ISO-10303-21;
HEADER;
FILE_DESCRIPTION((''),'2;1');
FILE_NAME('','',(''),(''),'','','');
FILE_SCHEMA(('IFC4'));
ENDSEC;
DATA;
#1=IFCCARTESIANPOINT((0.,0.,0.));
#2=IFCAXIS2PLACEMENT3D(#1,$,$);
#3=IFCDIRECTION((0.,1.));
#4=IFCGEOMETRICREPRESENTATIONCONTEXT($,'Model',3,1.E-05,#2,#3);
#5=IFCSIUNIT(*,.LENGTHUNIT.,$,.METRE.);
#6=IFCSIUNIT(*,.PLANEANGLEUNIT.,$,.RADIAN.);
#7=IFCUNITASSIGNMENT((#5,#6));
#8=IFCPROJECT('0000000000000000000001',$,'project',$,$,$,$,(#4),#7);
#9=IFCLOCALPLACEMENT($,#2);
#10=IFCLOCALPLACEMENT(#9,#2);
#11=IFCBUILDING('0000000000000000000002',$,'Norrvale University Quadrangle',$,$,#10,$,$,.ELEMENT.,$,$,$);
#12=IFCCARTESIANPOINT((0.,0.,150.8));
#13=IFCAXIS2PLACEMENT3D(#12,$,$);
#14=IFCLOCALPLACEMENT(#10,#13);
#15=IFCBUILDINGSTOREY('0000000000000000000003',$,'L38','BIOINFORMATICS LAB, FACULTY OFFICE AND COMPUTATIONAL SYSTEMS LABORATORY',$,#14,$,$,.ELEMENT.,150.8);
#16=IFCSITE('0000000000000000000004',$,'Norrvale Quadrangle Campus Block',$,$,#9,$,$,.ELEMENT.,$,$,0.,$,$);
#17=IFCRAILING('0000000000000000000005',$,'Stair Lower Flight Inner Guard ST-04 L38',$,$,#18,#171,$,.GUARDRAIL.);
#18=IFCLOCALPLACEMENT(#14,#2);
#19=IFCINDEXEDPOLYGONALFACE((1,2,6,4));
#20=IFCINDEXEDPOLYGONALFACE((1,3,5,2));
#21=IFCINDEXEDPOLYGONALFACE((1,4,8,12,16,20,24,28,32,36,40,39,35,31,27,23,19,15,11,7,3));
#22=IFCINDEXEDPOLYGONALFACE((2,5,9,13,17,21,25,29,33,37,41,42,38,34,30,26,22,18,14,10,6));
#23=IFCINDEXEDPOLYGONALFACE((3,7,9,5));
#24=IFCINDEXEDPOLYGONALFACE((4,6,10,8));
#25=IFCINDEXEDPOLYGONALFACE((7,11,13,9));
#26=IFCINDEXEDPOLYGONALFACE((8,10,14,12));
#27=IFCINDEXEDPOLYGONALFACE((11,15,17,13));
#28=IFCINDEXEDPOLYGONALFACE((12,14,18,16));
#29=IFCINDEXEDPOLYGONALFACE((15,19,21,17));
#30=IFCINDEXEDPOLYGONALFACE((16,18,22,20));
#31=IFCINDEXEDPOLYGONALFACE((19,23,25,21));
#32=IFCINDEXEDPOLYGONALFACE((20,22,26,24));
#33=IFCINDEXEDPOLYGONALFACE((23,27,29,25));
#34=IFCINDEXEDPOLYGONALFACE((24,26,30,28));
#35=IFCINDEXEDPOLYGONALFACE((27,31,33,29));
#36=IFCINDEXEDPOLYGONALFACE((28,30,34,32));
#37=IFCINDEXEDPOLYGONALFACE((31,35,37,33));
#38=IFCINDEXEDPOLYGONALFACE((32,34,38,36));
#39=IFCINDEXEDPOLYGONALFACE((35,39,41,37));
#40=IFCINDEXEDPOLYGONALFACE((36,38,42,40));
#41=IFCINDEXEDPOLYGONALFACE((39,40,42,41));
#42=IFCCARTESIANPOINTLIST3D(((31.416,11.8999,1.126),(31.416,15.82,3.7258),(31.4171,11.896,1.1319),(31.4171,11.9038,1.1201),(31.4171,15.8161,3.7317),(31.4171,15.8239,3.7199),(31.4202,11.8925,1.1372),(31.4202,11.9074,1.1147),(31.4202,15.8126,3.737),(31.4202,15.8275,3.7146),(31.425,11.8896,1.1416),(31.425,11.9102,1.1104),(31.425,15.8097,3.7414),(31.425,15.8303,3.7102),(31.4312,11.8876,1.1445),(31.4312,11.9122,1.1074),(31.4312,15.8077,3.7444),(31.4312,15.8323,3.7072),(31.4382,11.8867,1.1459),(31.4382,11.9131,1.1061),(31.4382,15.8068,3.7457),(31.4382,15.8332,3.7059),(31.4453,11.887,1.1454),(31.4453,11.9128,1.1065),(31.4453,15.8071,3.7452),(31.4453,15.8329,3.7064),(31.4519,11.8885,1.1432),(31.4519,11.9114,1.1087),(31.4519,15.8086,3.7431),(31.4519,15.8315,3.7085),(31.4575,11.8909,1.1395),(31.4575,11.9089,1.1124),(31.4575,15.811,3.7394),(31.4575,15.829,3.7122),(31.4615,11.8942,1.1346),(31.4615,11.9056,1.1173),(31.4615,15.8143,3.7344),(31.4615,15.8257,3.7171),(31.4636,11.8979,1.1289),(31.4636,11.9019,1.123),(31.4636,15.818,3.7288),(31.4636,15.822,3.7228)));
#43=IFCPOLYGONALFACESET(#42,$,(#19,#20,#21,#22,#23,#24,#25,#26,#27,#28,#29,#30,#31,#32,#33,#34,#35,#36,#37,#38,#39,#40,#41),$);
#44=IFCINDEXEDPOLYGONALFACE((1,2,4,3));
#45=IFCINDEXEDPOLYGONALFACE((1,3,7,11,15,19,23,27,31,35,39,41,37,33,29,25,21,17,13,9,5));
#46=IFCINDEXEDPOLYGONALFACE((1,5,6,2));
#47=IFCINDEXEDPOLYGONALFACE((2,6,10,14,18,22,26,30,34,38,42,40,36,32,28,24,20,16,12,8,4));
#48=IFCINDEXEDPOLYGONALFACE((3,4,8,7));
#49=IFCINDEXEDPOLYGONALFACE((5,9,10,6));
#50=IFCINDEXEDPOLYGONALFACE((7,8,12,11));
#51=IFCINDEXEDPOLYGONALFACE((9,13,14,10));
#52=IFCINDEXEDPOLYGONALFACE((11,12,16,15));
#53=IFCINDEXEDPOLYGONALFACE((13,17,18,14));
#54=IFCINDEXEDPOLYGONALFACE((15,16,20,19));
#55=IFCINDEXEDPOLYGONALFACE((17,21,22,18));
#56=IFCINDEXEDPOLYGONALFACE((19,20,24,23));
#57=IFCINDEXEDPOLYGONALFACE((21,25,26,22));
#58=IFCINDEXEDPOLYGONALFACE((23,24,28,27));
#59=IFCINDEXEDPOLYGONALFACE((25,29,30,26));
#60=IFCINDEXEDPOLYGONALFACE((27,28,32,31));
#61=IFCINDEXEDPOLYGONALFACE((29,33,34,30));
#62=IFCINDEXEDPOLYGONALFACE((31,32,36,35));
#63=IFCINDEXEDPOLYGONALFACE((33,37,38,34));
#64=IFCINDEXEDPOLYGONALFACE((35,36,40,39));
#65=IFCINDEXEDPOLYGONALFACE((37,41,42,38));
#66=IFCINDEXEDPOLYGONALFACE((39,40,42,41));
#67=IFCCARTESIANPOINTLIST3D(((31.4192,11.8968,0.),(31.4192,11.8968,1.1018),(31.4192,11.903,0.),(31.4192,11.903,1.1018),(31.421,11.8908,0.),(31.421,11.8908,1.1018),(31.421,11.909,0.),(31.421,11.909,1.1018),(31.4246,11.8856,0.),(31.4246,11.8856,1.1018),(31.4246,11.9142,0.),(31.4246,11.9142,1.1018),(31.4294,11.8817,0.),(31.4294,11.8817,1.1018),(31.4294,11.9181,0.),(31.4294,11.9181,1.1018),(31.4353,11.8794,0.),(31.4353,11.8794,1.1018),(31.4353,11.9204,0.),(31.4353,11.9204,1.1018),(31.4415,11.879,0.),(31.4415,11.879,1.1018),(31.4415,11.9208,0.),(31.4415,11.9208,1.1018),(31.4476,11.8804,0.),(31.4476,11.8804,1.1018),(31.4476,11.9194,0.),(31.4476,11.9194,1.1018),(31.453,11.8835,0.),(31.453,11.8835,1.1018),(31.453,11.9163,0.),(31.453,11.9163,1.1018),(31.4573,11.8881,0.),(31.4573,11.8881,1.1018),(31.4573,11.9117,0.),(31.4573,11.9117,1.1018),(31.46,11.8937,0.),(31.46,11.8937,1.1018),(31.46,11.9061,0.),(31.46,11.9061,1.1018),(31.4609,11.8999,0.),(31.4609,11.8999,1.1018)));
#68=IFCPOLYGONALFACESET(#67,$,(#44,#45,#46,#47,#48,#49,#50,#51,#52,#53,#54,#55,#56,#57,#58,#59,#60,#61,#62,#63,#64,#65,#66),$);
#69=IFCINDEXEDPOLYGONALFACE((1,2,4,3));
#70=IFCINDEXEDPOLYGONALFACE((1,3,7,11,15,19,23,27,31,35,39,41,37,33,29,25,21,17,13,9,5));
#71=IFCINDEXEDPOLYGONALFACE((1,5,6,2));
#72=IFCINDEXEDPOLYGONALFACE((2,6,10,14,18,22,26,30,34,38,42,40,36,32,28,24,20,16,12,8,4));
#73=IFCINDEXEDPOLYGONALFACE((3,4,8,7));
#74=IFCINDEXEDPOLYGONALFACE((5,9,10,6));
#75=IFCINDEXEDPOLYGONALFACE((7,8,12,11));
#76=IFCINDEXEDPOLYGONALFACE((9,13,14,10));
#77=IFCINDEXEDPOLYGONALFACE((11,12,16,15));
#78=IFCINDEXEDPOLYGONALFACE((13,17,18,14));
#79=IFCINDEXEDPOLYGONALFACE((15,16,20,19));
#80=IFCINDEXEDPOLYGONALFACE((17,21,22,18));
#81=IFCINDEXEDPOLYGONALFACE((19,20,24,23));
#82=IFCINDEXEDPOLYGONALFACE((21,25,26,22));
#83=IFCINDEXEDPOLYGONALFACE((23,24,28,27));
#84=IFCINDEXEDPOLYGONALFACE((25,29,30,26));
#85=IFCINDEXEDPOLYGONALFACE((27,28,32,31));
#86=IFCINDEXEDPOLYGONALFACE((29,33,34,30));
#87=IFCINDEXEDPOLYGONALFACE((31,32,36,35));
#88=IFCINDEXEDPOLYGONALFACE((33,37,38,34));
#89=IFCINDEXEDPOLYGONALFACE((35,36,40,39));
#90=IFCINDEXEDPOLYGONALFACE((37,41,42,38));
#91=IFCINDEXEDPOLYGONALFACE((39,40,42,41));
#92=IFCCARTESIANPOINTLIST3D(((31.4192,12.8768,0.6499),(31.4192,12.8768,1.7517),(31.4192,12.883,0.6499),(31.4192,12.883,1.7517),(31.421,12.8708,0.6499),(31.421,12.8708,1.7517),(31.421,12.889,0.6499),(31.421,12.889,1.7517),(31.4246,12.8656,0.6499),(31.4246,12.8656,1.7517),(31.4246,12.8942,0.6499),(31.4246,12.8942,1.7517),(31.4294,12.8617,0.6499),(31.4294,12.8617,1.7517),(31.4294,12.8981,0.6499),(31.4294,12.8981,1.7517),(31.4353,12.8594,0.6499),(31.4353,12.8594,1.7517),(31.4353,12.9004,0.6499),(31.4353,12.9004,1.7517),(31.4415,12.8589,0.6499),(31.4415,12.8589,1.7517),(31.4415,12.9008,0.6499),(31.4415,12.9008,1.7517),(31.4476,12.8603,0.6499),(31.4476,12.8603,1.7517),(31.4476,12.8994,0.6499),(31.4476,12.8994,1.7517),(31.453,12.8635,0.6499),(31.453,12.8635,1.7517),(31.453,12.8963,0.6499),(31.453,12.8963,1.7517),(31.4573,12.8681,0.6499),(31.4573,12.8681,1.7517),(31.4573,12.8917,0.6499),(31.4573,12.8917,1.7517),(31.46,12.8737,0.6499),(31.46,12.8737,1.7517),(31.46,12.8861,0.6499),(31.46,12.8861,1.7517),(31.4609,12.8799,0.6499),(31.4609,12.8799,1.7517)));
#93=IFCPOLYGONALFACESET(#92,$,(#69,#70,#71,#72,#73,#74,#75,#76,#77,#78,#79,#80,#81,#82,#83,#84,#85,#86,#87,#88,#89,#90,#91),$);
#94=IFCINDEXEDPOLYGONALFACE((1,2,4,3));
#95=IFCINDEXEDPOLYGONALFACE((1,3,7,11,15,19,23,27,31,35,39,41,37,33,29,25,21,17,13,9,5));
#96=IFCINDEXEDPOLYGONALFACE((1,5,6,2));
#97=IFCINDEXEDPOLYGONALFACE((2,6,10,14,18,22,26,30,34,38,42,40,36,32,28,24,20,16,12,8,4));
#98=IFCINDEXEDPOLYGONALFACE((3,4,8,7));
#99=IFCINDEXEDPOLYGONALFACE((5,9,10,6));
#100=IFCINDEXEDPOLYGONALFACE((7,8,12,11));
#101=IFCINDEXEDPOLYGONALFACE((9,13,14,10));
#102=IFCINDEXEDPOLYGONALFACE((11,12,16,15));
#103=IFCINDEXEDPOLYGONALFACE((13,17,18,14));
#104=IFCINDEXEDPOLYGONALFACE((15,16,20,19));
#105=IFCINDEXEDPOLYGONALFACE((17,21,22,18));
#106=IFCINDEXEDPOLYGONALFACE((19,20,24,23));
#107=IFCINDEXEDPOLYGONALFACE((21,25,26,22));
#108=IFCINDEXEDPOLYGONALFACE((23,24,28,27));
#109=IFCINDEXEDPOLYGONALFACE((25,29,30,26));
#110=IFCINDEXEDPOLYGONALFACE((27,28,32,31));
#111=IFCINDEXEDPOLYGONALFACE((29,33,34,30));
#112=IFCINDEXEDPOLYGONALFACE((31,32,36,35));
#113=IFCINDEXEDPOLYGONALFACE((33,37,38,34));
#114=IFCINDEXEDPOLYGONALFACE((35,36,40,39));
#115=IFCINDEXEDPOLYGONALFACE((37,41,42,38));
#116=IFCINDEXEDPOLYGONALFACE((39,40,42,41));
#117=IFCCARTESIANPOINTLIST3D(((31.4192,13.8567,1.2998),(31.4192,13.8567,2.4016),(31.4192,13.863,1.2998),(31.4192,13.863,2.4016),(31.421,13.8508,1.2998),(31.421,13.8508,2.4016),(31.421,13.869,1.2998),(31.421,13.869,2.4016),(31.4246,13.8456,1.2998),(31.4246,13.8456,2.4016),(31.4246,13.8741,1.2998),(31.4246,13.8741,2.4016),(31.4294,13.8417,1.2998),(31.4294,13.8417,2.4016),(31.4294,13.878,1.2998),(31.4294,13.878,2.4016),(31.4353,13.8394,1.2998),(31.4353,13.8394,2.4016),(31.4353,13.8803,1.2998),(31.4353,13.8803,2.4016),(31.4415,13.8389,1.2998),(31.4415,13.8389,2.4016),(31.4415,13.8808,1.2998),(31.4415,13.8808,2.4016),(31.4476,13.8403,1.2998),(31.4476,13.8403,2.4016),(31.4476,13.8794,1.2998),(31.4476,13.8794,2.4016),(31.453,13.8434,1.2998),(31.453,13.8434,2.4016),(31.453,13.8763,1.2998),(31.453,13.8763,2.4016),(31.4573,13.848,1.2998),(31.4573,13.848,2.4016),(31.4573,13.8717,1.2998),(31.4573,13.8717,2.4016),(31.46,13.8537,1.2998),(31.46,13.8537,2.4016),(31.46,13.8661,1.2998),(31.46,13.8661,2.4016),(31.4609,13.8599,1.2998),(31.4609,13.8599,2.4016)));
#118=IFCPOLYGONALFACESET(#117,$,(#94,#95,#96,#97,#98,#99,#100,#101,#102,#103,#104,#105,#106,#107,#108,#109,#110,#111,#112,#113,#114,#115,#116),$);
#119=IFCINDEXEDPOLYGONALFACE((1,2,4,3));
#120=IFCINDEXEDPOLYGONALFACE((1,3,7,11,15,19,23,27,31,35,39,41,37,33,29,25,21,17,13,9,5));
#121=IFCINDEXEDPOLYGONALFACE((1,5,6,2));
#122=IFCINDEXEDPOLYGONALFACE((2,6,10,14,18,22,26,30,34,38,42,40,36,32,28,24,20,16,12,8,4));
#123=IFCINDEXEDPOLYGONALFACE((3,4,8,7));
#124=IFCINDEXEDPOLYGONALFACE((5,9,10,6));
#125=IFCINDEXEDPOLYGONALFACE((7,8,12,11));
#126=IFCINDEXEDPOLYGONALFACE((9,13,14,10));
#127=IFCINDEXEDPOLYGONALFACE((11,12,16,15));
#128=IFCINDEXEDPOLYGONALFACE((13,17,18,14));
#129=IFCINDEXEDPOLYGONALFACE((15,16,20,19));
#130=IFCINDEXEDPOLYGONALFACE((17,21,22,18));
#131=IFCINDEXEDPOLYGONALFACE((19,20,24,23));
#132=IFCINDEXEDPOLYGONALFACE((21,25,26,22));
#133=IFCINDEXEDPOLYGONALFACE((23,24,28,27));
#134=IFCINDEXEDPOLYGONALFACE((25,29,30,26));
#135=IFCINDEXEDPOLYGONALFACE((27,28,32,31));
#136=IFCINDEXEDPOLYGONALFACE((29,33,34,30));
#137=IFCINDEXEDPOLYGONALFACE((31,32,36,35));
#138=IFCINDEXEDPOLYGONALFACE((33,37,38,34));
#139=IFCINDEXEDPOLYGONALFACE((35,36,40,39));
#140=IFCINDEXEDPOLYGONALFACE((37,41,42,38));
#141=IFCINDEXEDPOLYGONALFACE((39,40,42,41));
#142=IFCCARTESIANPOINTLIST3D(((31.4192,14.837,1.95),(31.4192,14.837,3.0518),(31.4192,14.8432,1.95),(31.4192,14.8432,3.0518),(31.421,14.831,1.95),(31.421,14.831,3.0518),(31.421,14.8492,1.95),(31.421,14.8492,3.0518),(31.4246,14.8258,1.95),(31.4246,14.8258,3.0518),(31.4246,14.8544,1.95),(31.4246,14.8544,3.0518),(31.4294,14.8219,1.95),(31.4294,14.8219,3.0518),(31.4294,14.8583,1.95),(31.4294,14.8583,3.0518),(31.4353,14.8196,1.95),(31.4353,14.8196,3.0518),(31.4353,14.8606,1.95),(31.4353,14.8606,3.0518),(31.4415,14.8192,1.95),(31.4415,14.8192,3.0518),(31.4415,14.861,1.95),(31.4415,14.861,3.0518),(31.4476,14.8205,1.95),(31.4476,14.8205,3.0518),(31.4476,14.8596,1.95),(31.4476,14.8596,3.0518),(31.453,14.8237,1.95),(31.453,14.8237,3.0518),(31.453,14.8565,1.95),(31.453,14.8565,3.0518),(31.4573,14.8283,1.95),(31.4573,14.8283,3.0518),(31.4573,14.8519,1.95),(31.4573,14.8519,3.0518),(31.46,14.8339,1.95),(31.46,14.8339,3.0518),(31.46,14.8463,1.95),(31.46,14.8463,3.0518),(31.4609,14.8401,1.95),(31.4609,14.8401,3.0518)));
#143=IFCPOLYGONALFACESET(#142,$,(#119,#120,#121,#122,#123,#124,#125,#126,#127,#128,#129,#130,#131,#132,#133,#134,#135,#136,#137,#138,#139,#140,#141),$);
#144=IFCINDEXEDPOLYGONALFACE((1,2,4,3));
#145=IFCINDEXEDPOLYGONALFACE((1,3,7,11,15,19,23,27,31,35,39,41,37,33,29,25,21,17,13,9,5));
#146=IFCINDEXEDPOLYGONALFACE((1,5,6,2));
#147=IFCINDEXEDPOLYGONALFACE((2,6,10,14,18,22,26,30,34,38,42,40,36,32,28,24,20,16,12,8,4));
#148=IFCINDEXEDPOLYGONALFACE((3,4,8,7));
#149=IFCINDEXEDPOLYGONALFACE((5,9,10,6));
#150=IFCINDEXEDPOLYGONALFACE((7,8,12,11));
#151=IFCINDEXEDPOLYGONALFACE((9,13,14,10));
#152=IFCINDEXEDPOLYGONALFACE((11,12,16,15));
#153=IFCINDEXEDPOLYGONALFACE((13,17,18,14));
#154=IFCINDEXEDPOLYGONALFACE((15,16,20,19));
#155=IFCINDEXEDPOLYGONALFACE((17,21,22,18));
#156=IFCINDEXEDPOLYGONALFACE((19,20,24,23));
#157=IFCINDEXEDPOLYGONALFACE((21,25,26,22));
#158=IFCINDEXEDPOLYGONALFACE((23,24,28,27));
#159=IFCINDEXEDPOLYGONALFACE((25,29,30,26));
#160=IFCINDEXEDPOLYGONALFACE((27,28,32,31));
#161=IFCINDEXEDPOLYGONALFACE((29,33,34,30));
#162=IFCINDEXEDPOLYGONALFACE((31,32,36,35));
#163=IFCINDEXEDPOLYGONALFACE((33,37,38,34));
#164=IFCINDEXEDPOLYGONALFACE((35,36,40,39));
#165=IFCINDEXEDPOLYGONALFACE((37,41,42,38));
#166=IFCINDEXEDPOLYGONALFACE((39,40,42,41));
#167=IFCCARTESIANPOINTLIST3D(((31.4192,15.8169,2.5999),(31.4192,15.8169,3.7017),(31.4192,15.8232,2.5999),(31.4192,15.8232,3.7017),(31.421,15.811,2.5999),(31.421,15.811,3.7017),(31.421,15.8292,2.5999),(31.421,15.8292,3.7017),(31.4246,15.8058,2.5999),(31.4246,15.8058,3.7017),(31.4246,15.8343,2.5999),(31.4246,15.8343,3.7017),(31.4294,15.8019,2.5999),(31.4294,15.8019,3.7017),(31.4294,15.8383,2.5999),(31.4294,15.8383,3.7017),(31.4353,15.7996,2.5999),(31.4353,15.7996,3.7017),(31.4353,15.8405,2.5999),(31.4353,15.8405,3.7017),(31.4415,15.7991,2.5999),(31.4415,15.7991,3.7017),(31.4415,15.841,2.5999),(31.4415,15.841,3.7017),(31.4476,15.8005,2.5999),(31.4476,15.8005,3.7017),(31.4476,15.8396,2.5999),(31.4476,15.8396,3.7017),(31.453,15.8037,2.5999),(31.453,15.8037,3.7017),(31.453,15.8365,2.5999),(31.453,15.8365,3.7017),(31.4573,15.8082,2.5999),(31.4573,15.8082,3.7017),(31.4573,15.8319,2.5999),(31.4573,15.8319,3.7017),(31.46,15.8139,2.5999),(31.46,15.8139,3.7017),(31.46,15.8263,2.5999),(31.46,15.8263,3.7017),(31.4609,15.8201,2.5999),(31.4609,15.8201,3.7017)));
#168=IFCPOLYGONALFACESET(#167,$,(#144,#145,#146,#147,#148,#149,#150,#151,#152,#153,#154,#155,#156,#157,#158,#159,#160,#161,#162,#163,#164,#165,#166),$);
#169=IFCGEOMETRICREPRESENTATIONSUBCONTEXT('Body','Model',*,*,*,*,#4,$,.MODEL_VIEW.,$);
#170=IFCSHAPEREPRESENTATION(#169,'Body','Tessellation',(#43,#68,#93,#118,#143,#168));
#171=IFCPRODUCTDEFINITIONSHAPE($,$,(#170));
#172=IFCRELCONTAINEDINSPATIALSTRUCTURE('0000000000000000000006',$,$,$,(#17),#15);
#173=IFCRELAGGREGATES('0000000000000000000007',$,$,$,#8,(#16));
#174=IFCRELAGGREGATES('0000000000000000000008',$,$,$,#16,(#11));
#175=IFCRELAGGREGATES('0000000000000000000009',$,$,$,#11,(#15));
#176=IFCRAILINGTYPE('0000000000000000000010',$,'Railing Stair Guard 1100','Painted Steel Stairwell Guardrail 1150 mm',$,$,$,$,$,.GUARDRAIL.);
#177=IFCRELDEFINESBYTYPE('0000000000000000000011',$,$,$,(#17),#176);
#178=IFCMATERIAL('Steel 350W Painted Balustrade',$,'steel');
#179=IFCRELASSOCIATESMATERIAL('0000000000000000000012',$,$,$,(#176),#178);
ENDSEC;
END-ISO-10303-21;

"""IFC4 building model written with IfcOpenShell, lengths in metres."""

from ifc_helpers import new_model, si_unit, direction, frame, origin, origin_2d, place, context, subcontext, project, spatial, circle, extrude, material, type_object, element, save


model = new_model("IFC4")

# Units and contexts
model_context = context("Model", 3, precision=1e-05, world=origin(), true_north=direction((0.0, 1.0)))
body_context = subcontext(model_context, "Body", "Model", "MODEL_VIEW")
ifc_project = project(units=[si_unit("LENGTHUNIT", "METRE"), si_unit("PLANEANGLEUNIT", "RADIAN")], contexts=[model_context])

# Site, building, storey
site_placement = place(None, origin())
site = spatial("IfcSite", under=ifc_project, at=site_placement, Name="Norrvale Quadrangle Campus Block", CompositionType="ELEMENT", RefElevation=0.0)
building_placement = place(site_placement, origin())
building = spatial("IfcBuilding", under=site, at=building_placement, Name="Norrvale University Quadrangle", CompositionType="ELEMENT")
storey_placement = place(building_placement, frame((0.0, 0.0, 150.8)))
storey = spatial("IfcBuildingStorey", under=building, at=storey_placement, Name="L38", Description="BIOINFORMATICS LAB, FACULTY OFFICE AND COMPUTATIONAL SYSTEMS LABORATORY", CompositionType="ELEMENT", Elevation=150.8)

# Railing
ifc_material_1 = material(Name="Steel 350W Painted Balustrade", Category="steel")
railing_type_1 = type_object("IfcRailingType", Name="Railing Stair Guard 1100", Description="Painted Steel Stairwell Guardrail 1150 mm", PredefinedType="GUARDRAIL", material=ifc_material_1)
railing_1_placement = place(storey_placement, frame((31.4399, 11.8999, 0.0)))
element("IfcRailing", 1, at=railing_1_placement, inside=storey, type_object=railing_type_1, Name="Stair Lower Flight Inner Guard ST-04 L38", PredefinedType="GUARDRAIL", context=body_context, shape_type="SweptSolid", body=[
    extrude(circle(Radius=0.0239, at=origin_2d()), frame((0.0, 0.0, 1.126), z_axis=(0.0, 0.833381, 0.552698), x_axis=(-1.0, 0.0, 0.0)), (0.0, 0.0, 1.0), 4.7039),
    extrude(circle(Radius=0.021, at=origin_2d()), origin(), (0.0, 0.0, 1.0), 1.1018),
    extrude(circle(Radius=0.021, at=origin_2d()), frame((0.0, 0.98, 0.6499)), (0.0, 0.0, 1.0), 1.1018),
    extrude(circle(Radius=0.021, at=origin_2d()), frame((0.0, 1.96, 1.2998)), (0.0, 0.0, 1.0), 1.1018),
    extrude(circle(Radius=0.021, at=origin_2d()), frame((0.0, 2.9402, 1.95)), (0.0, 0.0, 1.0), 1.1018),
    extrude(circle(Radius=0.021, at=origin_2d()), frame((0.0, 3.9202, 2.5999)), (0.0, 0.0, 1.0), 1.1018),
])

save(model, "model.ifc")
